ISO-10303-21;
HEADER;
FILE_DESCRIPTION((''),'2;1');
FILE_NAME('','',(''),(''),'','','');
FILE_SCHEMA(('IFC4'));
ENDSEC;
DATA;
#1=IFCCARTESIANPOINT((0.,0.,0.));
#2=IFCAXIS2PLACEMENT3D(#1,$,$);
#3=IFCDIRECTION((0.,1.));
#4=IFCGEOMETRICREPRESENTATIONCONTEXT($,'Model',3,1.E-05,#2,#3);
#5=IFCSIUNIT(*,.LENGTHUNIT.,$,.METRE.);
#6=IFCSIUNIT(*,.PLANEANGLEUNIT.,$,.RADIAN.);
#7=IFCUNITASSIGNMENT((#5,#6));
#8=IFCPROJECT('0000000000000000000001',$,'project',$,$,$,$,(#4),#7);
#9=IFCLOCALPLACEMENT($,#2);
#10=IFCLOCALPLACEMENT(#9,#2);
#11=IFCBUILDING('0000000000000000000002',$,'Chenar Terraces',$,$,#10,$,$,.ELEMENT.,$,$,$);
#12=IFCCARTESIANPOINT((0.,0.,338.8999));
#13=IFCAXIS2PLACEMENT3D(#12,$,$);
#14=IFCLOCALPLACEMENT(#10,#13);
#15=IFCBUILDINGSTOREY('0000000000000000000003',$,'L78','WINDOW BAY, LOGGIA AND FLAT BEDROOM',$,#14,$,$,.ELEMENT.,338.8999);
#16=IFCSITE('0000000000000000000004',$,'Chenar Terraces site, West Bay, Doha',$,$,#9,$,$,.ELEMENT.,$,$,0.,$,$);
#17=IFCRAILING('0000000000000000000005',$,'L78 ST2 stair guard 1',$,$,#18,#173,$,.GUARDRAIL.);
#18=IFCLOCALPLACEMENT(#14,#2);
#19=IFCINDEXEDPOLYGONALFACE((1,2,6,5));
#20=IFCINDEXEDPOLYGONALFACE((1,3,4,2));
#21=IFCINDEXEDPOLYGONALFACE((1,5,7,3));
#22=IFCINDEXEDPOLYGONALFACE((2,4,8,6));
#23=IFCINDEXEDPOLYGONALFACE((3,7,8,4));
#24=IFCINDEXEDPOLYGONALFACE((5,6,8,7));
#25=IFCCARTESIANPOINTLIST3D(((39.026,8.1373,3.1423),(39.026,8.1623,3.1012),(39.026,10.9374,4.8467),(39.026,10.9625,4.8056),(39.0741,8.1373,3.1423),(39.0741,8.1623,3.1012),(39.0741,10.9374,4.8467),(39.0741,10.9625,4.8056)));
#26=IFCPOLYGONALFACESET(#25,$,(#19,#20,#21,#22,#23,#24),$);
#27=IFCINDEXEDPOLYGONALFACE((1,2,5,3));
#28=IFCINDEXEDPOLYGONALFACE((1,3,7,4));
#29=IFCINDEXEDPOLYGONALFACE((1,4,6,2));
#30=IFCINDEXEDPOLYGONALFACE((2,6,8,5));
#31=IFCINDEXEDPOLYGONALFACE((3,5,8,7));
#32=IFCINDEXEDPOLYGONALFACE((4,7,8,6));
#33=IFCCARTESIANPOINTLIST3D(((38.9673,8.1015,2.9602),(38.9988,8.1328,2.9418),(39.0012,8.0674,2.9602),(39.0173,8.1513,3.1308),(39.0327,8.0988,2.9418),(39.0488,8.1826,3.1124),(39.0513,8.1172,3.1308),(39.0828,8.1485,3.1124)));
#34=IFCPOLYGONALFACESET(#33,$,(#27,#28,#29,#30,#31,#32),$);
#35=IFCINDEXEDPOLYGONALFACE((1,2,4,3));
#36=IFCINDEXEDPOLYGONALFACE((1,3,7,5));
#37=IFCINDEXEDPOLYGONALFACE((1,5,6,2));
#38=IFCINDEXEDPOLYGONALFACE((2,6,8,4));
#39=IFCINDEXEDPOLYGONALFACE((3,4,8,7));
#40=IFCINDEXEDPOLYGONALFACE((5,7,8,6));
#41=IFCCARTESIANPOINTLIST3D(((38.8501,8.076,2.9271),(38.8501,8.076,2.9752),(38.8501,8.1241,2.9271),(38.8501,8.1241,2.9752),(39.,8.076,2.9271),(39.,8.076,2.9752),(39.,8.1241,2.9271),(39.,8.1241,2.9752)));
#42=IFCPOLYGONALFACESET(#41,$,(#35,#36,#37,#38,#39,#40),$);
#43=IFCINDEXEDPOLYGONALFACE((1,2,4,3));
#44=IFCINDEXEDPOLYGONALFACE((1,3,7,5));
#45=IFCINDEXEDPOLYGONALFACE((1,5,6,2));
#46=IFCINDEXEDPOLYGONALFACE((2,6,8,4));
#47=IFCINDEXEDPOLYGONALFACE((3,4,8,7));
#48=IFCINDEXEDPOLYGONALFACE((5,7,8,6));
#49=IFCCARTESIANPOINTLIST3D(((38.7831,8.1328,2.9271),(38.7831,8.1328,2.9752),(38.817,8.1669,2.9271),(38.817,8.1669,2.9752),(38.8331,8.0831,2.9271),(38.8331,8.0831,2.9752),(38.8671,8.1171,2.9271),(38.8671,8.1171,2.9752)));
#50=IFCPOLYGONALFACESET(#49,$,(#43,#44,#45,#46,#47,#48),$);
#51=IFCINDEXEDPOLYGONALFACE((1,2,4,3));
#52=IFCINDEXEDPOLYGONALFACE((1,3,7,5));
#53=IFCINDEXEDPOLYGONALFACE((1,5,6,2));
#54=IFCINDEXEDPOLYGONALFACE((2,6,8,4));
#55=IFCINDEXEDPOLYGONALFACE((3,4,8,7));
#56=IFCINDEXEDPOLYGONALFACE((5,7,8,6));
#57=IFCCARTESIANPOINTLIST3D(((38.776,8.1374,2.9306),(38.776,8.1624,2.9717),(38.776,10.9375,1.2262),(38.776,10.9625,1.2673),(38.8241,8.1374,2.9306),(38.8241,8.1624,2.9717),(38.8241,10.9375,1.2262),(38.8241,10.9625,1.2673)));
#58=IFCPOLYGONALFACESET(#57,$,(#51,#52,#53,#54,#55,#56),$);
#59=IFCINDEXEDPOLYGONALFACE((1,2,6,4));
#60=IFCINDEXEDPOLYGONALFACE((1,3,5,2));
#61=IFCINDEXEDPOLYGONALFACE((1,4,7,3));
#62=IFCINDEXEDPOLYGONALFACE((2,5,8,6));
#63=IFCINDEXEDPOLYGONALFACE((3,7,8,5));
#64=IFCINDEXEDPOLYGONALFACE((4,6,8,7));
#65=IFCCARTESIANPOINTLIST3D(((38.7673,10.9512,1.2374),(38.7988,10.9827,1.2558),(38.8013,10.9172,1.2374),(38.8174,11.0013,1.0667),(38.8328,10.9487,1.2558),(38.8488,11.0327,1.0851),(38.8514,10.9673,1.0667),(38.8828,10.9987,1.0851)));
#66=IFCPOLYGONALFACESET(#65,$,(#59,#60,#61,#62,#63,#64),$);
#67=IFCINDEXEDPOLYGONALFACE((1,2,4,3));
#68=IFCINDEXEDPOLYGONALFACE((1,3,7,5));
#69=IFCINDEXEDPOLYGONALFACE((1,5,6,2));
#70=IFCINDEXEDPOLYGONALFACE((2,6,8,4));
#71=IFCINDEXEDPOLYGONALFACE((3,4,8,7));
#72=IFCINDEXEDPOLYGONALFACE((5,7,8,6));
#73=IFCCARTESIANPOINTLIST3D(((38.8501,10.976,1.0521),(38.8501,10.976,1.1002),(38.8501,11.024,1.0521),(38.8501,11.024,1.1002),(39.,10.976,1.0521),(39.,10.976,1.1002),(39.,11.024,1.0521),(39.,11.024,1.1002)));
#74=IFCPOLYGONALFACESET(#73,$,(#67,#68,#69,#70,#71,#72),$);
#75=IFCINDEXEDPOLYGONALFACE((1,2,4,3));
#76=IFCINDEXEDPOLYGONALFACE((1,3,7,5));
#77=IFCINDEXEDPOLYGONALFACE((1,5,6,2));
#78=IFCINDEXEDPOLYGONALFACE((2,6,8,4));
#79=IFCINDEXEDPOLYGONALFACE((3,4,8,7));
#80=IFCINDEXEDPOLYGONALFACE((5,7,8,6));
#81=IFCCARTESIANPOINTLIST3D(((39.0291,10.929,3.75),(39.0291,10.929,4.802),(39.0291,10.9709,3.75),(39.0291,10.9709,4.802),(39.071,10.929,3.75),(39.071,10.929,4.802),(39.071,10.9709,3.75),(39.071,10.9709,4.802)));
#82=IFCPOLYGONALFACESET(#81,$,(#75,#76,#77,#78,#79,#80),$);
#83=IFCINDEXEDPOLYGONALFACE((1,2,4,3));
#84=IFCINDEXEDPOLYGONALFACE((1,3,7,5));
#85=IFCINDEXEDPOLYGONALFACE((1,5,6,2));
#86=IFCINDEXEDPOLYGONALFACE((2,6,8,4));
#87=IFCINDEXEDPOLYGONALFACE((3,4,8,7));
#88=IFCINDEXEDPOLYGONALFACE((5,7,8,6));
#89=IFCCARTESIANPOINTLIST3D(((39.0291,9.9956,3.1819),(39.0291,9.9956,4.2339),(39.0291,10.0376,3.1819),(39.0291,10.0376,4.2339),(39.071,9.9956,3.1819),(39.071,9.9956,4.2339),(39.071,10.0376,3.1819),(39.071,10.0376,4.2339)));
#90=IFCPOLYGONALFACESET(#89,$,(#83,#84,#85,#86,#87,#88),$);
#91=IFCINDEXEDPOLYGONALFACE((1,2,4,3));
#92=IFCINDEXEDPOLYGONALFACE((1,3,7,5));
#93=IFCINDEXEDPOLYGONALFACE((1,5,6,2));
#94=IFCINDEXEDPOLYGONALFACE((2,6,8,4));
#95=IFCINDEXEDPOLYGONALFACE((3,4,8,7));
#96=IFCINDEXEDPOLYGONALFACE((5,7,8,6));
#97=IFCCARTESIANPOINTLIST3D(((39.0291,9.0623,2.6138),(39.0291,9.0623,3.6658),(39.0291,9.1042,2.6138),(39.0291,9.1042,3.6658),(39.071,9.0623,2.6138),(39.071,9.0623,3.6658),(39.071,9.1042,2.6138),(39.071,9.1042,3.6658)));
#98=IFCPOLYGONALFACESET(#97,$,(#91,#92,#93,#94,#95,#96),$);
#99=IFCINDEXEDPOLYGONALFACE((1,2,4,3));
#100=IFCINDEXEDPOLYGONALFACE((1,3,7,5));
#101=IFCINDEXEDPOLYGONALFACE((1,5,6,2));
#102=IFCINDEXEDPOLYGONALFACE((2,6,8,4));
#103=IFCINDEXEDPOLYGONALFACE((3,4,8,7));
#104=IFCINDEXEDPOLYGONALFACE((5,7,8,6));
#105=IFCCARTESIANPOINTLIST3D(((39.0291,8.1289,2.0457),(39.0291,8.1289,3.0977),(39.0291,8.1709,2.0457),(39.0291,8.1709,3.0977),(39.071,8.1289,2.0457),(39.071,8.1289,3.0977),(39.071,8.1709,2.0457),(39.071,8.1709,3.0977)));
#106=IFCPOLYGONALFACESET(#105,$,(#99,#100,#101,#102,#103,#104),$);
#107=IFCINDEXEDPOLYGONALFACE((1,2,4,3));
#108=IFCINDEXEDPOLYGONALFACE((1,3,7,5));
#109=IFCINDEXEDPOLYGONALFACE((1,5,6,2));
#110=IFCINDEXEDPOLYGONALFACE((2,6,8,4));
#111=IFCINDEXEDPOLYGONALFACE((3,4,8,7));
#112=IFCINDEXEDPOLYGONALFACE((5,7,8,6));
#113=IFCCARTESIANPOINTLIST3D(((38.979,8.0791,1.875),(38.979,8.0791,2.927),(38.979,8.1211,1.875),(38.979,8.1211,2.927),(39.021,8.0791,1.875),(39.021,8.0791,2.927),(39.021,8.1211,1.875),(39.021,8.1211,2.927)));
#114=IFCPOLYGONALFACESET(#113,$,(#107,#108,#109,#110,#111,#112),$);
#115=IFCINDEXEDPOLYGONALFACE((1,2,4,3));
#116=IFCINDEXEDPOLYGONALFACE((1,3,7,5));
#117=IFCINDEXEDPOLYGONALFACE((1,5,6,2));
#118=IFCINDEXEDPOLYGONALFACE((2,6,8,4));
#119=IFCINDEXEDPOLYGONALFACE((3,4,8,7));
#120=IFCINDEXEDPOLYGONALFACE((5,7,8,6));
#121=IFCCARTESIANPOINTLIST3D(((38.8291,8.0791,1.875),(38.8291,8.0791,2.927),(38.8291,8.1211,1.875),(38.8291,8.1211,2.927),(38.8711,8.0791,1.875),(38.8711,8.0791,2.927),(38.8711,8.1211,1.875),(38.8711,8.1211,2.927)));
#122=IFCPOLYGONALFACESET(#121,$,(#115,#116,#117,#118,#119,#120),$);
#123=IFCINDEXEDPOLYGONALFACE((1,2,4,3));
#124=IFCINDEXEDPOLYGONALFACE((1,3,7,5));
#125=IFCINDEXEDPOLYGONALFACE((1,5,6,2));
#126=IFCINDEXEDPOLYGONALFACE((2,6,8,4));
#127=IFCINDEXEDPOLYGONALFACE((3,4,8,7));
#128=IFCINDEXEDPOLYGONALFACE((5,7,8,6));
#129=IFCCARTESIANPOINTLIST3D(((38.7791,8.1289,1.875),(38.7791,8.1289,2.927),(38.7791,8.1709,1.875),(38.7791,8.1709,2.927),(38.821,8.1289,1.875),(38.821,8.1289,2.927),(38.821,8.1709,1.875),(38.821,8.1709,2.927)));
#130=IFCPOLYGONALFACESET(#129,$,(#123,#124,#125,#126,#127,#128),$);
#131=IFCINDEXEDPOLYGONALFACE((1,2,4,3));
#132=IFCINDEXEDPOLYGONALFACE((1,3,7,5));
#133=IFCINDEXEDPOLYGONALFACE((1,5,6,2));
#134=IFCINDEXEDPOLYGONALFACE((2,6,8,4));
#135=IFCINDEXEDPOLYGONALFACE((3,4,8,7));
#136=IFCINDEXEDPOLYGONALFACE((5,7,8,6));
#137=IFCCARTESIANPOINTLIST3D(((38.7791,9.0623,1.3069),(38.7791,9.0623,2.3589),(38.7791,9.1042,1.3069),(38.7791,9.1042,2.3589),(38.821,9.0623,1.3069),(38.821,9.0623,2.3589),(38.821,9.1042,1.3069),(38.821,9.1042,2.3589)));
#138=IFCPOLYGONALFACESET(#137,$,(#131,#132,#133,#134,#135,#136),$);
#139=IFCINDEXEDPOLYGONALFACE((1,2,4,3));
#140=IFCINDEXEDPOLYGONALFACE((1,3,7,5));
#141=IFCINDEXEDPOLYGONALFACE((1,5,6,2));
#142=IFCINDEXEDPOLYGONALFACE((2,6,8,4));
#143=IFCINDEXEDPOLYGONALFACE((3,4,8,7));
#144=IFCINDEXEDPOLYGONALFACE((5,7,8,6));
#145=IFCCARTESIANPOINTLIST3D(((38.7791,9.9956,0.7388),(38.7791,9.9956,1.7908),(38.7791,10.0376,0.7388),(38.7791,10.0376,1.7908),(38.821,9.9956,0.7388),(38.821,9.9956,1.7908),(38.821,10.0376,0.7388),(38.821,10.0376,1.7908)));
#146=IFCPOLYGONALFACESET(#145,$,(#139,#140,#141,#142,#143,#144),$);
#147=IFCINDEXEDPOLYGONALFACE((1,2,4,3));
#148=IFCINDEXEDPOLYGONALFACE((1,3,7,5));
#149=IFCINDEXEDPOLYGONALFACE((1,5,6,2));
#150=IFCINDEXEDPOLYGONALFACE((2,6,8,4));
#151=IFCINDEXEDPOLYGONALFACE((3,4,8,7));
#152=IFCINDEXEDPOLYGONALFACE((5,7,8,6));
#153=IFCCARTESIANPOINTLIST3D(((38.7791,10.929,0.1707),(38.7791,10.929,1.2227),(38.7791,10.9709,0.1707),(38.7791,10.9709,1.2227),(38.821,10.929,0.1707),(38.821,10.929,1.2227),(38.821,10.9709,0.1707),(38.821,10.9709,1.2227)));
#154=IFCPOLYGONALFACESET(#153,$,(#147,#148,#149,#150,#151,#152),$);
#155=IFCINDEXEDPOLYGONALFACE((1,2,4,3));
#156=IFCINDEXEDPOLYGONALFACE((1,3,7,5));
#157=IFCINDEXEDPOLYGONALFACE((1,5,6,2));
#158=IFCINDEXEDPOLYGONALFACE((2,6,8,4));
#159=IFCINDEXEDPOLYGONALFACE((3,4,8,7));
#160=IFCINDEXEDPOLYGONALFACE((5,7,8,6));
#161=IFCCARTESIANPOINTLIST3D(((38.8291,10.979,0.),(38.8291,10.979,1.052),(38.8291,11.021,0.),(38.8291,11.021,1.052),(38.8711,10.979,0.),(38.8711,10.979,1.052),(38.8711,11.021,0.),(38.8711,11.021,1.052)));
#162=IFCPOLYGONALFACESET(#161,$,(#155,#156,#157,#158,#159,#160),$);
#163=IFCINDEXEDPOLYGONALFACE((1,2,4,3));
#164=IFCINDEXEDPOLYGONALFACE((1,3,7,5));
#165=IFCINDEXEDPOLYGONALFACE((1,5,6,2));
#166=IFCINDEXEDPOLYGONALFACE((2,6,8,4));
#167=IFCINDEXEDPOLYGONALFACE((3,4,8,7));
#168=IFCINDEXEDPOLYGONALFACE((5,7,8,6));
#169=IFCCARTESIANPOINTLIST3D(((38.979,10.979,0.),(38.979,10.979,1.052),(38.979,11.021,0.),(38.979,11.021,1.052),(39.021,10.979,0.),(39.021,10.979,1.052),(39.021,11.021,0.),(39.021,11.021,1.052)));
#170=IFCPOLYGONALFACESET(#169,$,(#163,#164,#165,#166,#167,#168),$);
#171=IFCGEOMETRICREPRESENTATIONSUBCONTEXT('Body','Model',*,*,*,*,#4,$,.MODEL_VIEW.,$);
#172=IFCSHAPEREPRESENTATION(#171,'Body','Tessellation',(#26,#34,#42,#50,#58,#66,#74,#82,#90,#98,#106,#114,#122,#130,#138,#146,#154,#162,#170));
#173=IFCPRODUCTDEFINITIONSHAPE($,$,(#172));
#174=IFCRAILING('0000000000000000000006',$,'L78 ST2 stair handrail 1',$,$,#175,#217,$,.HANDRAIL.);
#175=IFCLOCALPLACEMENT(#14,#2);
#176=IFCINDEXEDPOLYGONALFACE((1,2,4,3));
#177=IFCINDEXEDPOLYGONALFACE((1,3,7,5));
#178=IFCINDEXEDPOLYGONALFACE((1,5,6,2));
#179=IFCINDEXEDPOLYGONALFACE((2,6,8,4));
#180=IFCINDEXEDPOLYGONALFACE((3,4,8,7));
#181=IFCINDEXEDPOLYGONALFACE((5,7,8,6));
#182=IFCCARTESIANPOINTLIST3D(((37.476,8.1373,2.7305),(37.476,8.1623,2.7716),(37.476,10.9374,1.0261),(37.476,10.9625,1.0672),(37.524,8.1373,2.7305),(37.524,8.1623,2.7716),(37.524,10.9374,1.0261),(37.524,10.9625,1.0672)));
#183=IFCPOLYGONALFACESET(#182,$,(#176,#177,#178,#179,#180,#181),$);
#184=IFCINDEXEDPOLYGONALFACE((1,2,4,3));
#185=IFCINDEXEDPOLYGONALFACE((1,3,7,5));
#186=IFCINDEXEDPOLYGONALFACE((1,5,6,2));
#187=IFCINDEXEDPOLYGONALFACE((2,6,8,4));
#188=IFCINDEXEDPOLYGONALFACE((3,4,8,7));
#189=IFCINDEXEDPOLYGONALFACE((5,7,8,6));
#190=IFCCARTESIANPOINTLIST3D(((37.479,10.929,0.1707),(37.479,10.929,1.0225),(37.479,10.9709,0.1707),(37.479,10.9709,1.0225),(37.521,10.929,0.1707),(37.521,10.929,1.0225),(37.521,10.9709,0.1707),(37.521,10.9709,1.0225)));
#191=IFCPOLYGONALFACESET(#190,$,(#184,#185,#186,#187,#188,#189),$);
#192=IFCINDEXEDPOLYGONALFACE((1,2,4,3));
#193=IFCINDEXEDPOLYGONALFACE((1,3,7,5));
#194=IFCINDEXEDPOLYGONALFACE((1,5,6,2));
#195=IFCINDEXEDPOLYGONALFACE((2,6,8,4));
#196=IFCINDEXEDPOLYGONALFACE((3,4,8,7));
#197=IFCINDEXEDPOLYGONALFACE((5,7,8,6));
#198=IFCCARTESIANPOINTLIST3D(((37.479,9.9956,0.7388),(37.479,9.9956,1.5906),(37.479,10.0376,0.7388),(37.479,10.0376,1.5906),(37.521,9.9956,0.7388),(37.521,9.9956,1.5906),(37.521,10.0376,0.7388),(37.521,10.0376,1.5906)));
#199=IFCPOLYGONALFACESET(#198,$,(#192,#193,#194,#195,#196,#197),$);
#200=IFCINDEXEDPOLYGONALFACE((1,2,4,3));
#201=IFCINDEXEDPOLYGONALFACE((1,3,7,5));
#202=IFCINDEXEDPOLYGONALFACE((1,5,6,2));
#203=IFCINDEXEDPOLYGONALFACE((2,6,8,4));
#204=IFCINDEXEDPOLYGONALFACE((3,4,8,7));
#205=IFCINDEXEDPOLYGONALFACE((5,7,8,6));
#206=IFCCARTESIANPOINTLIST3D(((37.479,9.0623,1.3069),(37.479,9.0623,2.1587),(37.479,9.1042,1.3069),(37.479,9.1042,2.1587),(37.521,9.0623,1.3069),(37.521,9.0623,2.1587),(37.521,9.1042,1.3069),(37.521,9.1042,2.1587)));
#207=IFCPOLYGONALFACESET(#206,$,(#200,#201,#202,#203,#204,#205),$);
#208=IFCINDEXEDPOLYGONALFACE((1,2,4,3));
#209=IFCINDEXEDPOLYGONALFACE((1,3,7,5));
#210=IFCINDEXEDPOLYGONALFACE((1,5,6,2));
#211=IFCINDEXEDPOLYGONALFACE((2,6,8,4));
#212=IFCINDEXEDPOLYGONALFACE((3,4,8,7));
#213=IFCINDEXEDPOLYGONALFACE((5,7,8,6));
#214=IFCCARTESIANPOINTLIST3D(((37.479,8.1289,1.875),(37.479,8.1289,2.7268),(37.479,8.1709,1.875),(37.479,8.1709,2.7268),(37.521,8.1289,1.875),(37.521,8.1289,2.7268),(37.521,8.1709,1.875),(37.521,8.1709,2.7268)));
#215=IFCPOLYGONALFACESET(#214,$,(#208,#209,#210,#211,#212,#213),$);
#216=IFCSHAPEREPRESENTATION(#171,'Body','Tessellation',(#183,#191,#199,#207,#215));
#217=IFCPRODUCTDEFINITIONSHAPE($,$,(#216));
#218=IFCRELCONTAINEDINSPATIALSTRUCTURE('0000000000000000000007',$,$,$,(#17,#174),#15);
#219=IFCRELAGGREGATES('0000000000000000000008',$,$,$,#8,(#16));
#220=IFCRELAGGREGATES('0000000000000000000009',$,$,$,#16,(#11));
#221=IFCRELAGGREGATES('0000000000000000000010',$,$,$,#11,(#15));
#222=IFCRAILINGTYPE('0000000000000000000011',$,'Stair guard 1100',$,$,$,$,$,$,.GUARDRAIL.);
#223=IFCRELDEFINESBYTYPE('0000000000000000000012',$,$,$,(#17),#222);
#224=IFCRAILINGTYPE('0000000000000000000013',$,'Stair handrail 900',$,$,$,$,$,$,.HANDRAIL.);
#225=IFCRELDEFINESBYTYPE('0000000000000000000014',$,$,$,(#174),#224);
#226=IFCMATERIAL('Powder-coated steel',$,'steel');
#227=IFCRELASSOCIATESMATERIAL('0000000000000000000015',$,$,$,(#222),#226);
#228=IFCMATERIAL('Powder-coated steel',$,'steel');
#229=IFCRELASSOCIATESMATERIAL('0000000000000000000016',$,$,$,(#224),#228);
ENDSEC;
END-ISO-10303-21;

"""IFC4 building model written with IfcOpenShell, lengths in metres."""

from ifc_helpers import new_model, si_unit, direction, frame, origin, origin_2d, place, context, subcontext, project, spatial, rectangle, extrude, material, type_object, element, save


model = new_model("IFC4")

# Units and contexts
model_context = context("Model", 3, precision=1e-05, world=origin(), true_north=direction((0.0, 1.0)))
body_context = subcontext(model_context, "Body", "Model", "MODEL_VIEW")
ifc_project = project(units=[si_unit("LENGTHUNIT", "METRE"), si_unit("PLANEANGLEUNIT", "RADIAN")], contexts=[model_context])

# Site, building, storey
site_placement = place(None, origin())
site = spatial("IfcSite", under=ifc_project, at=site_placement, Name="Chenar Terraces site, West Bay, Doha", CompositionType="ELEMENT", RefElevation=0.0)
building_placement = place(site_placement, origin())
building = spatial("IfcBuilding", under=site, at=building_placement, Name="Chenar Terraces", CompositionType="ELEMENT")
storey_placement = place(building_placement, frame((0.0, 0.0, 338.8999)))
storey = spatial("IfcBuildingStorey", under=building, at=storey_placement, Name="L78", Description="WINDOW BAY, LOGGIA AND FLAT BEDROOM", CompositionType="ELEMENT", Elevation=338.8999)

# Railings
ifc_material_1 = material(Name="Powder-coated steel", Category="steel")
railing_type_1 = type_object("IfcRailingType", Name="Stair guard 1100", PredefinedType="GUARDRAIL", material=ifc_material_1)
railing_1_placement = place(storey_placement, frame((39.05, 10.95, 3.75)))
element("IfcRailing", 1, at=railing_1_placement, inside=storey, type_object=railing_type_1, Name="L78 ST2 stair guard 1", PredefinedType="GUARDRAIL", context=body_context, shape_type="SweptSolid", body=[
    extrude(rectangle(XDim=0.0481, YDim=0.0481, at=origin_2d()), frame((0.0, 0.0, 1.0762), z_axis=(0.0, -0.854203, -0.51994), x_axis=(1.0, 0.0, 0.0)), (0.0, 0.0, 1.0), 3.2781),
    extrude(rectangle(XDim=0.0481, YDim=0.0481, at=origin_2d()), frame((0.0, -2.8, -0.6284), z_axis=(-0.270997, -0.269675, -0.924033), x_axis=(0.705376, -0.708834, 0.0)), (0.0, 0.0, 1.0), 0.1846),
    extrude(rectangle(XDim=0.0481, YDim=0.0481, at=origin_2d()), frame((-0.05, -2.8499, -0.7988), z_axis=(-1.0, 0.0, 0.0), x_axis=(0.0, -1.0, 0.0)), (0.0, 0.0, 1.0), 0.1499),
    extrude(rectangle(XDim=0.0481, YDim=0.0481, at=origin_2d()), frame((-0.2, -2.8499, -0.7988), z_axis=(-0.708834, 0.705376, 0.0), x_axis=(-0.705376, -0.708834, 0.0)), (0.0, 0.0, 1.0), 0.0706),
    extrude(rectangle(XDim=0.0481, YDim=0.0481, at=origin_2d()), frame((-0.25, -2.8, -0.7988), z_axis=(0.0, 0.854203, -0.51994), x_axis=(-1.0, 0.0, 0.0)), (0.0, 0.0, 1.0), 3.2781),
    extrude(rectangle(XDim=0.0481, YDim=0.0481, at=origin_2d()), frame((-0.25, 0.0, -2.5034), z_axis=(0.2709, 0.2709, -0.923703), x_axis=(-0.707107, 0.707107, 0.0)), (0.0, 0.0, 1.0), 0.1848),
    extrude(rectangle(XDim=0.0481, YDim=0.0481, at=origin_2d()), frame((-0.2, 0.05, -2.6738), z_axis=(1.0, 0.0, 0.0), x_axis=(0.0, 1.0, 0.0)), (0.0, 0.0, 1.0), 0.1499),
    extrude(rectangle(XDim=0.042, YDim=0.042, at=origin_2d()), origin(), (0.0, 0.0, 1.0), 1.052),
    extrude(rectangle(XDim=0.042, YDim=0.042, at=origin_2d()), frame((0.0, -0.9333, -0.5681)), (0.0, 0.0, 1.0), 1.052),
    extrude(rectangle(XDim=0.042, YDim=0.042, at=origin_2d()), frame((0.0, -1.8667, -1.1362)), (0.0, 0.0, 1.0), 1.052),
    extrude(rectangle(XDim=0.042, YDim=0.042, at=origin_2d()), frame((0.0, -2.8, -1.7043)), (0.0, 0.0, 1.0), 1.052),
    extrude(rectangle(XDim=0.042, YDim=0.042, at=origin_2d()), frame((-0.05, -2.8499, -1.875)), (0.0, 0.0, 1.0), 1.052),
    extrude(rectangle(XDim=0.042, YDim=0.042, at=origin_2d()), frame((-0.2, -2.8499, -1.875)), (0.0, 0.0, 1.0), 1.052),
    extrude(rectangle(XDim=0.042, YDim=0.042, at=origin_2d()), frame((-0.25, -2.8, -1.875)), (0.0, 0.0, 1.0), 1.052),
    extrude(rectangle(XDim=0.042, YDim=0.042, at=origin_2d()), frame((-0.25, -1.8667, -2.4431)), (0.0, 0.0, 1.0), 1.052),
    extrude(rectangle(XDim=0.042, YDim=0.042, at=origin_2d()), frame((-0.25, -0.9333, -3.0112)), (0.0, 0.0, 1.0), 1.052),
    extrude(rectangle(XDim=0.042, YDim=0.042, at=origin_2d()), frame((-0.25, 0.0, -3.5793)), (0.0, 0.0, 1.0), 1.052),
    extrude(rectangle(XDim=0.042, YDim=0.042, at=origin_2d()), frame((-0.2, 0.05, -3.75)), (0.0, 0.0, 1.0), 1.052),
    extrude(rectangle(XDim=0.042, YDim=0.042, at=origin_2d()), frame((-0.05, 0.05, -3.75)), (0.0, 0.0, 1.0), 1.052),
])
ifc_material_2 = material(Name="Powder-coated steel", Category="steel")
railing_type_2 = type_object("IfcRailingType", Name="Stair handrail 900", PredefinedType="HANDRAIL", material=ifc_material_2)
railing_2_placement = place(storey_placement, frame((37.5, 10.95, 0.1707)))
element("IfcRailing", 2, at=railing_2_placement, inside=storey, type_object=railing_type_2, Name="L78 ST2 stair handrail 1", PredefinedType="HANDRAIL", context=body_context, shape_type="SweptSolid", body=[
    extrude(rectangle(XDim=0.0481, YDim=0.0481, at=origin_2d()), frame((0.0, 0.0, 0.876), z_axis=(0.0, -0.854203, 0.51994), x_axis=(1.0, 0.0, 0.0)), (0.0, 0.0, 1.0), 3.2781),
    extrude(rectangle(XDim=0.042, YDim=0.042, at=origin_2d()), origin(), (0.0, 0.0, 1.0), 0.8518),
    extrude(rectangle(XDim=0.042, YDim=0.042, at=origin_2d()), frame((0.0, -0.9333, 0.5681)), (0.0, 0.0, 1.0), 0.8518),
    extrude(rectangle(XDim=0.042, YDim=0.042, at=origin_2d()), frame((0.0, -1.8667, 1.1362)), (0.0, 0.0, 1.0), 0.8518),
    extrude(rectangle(XDim=0.042, YDim=0.042, at=origin_2d()), frame((0.0, -2.8, 1.7043)), (0.0, 0.0, 1.0), 0.8518),
])

save(model, "model.ifc")
